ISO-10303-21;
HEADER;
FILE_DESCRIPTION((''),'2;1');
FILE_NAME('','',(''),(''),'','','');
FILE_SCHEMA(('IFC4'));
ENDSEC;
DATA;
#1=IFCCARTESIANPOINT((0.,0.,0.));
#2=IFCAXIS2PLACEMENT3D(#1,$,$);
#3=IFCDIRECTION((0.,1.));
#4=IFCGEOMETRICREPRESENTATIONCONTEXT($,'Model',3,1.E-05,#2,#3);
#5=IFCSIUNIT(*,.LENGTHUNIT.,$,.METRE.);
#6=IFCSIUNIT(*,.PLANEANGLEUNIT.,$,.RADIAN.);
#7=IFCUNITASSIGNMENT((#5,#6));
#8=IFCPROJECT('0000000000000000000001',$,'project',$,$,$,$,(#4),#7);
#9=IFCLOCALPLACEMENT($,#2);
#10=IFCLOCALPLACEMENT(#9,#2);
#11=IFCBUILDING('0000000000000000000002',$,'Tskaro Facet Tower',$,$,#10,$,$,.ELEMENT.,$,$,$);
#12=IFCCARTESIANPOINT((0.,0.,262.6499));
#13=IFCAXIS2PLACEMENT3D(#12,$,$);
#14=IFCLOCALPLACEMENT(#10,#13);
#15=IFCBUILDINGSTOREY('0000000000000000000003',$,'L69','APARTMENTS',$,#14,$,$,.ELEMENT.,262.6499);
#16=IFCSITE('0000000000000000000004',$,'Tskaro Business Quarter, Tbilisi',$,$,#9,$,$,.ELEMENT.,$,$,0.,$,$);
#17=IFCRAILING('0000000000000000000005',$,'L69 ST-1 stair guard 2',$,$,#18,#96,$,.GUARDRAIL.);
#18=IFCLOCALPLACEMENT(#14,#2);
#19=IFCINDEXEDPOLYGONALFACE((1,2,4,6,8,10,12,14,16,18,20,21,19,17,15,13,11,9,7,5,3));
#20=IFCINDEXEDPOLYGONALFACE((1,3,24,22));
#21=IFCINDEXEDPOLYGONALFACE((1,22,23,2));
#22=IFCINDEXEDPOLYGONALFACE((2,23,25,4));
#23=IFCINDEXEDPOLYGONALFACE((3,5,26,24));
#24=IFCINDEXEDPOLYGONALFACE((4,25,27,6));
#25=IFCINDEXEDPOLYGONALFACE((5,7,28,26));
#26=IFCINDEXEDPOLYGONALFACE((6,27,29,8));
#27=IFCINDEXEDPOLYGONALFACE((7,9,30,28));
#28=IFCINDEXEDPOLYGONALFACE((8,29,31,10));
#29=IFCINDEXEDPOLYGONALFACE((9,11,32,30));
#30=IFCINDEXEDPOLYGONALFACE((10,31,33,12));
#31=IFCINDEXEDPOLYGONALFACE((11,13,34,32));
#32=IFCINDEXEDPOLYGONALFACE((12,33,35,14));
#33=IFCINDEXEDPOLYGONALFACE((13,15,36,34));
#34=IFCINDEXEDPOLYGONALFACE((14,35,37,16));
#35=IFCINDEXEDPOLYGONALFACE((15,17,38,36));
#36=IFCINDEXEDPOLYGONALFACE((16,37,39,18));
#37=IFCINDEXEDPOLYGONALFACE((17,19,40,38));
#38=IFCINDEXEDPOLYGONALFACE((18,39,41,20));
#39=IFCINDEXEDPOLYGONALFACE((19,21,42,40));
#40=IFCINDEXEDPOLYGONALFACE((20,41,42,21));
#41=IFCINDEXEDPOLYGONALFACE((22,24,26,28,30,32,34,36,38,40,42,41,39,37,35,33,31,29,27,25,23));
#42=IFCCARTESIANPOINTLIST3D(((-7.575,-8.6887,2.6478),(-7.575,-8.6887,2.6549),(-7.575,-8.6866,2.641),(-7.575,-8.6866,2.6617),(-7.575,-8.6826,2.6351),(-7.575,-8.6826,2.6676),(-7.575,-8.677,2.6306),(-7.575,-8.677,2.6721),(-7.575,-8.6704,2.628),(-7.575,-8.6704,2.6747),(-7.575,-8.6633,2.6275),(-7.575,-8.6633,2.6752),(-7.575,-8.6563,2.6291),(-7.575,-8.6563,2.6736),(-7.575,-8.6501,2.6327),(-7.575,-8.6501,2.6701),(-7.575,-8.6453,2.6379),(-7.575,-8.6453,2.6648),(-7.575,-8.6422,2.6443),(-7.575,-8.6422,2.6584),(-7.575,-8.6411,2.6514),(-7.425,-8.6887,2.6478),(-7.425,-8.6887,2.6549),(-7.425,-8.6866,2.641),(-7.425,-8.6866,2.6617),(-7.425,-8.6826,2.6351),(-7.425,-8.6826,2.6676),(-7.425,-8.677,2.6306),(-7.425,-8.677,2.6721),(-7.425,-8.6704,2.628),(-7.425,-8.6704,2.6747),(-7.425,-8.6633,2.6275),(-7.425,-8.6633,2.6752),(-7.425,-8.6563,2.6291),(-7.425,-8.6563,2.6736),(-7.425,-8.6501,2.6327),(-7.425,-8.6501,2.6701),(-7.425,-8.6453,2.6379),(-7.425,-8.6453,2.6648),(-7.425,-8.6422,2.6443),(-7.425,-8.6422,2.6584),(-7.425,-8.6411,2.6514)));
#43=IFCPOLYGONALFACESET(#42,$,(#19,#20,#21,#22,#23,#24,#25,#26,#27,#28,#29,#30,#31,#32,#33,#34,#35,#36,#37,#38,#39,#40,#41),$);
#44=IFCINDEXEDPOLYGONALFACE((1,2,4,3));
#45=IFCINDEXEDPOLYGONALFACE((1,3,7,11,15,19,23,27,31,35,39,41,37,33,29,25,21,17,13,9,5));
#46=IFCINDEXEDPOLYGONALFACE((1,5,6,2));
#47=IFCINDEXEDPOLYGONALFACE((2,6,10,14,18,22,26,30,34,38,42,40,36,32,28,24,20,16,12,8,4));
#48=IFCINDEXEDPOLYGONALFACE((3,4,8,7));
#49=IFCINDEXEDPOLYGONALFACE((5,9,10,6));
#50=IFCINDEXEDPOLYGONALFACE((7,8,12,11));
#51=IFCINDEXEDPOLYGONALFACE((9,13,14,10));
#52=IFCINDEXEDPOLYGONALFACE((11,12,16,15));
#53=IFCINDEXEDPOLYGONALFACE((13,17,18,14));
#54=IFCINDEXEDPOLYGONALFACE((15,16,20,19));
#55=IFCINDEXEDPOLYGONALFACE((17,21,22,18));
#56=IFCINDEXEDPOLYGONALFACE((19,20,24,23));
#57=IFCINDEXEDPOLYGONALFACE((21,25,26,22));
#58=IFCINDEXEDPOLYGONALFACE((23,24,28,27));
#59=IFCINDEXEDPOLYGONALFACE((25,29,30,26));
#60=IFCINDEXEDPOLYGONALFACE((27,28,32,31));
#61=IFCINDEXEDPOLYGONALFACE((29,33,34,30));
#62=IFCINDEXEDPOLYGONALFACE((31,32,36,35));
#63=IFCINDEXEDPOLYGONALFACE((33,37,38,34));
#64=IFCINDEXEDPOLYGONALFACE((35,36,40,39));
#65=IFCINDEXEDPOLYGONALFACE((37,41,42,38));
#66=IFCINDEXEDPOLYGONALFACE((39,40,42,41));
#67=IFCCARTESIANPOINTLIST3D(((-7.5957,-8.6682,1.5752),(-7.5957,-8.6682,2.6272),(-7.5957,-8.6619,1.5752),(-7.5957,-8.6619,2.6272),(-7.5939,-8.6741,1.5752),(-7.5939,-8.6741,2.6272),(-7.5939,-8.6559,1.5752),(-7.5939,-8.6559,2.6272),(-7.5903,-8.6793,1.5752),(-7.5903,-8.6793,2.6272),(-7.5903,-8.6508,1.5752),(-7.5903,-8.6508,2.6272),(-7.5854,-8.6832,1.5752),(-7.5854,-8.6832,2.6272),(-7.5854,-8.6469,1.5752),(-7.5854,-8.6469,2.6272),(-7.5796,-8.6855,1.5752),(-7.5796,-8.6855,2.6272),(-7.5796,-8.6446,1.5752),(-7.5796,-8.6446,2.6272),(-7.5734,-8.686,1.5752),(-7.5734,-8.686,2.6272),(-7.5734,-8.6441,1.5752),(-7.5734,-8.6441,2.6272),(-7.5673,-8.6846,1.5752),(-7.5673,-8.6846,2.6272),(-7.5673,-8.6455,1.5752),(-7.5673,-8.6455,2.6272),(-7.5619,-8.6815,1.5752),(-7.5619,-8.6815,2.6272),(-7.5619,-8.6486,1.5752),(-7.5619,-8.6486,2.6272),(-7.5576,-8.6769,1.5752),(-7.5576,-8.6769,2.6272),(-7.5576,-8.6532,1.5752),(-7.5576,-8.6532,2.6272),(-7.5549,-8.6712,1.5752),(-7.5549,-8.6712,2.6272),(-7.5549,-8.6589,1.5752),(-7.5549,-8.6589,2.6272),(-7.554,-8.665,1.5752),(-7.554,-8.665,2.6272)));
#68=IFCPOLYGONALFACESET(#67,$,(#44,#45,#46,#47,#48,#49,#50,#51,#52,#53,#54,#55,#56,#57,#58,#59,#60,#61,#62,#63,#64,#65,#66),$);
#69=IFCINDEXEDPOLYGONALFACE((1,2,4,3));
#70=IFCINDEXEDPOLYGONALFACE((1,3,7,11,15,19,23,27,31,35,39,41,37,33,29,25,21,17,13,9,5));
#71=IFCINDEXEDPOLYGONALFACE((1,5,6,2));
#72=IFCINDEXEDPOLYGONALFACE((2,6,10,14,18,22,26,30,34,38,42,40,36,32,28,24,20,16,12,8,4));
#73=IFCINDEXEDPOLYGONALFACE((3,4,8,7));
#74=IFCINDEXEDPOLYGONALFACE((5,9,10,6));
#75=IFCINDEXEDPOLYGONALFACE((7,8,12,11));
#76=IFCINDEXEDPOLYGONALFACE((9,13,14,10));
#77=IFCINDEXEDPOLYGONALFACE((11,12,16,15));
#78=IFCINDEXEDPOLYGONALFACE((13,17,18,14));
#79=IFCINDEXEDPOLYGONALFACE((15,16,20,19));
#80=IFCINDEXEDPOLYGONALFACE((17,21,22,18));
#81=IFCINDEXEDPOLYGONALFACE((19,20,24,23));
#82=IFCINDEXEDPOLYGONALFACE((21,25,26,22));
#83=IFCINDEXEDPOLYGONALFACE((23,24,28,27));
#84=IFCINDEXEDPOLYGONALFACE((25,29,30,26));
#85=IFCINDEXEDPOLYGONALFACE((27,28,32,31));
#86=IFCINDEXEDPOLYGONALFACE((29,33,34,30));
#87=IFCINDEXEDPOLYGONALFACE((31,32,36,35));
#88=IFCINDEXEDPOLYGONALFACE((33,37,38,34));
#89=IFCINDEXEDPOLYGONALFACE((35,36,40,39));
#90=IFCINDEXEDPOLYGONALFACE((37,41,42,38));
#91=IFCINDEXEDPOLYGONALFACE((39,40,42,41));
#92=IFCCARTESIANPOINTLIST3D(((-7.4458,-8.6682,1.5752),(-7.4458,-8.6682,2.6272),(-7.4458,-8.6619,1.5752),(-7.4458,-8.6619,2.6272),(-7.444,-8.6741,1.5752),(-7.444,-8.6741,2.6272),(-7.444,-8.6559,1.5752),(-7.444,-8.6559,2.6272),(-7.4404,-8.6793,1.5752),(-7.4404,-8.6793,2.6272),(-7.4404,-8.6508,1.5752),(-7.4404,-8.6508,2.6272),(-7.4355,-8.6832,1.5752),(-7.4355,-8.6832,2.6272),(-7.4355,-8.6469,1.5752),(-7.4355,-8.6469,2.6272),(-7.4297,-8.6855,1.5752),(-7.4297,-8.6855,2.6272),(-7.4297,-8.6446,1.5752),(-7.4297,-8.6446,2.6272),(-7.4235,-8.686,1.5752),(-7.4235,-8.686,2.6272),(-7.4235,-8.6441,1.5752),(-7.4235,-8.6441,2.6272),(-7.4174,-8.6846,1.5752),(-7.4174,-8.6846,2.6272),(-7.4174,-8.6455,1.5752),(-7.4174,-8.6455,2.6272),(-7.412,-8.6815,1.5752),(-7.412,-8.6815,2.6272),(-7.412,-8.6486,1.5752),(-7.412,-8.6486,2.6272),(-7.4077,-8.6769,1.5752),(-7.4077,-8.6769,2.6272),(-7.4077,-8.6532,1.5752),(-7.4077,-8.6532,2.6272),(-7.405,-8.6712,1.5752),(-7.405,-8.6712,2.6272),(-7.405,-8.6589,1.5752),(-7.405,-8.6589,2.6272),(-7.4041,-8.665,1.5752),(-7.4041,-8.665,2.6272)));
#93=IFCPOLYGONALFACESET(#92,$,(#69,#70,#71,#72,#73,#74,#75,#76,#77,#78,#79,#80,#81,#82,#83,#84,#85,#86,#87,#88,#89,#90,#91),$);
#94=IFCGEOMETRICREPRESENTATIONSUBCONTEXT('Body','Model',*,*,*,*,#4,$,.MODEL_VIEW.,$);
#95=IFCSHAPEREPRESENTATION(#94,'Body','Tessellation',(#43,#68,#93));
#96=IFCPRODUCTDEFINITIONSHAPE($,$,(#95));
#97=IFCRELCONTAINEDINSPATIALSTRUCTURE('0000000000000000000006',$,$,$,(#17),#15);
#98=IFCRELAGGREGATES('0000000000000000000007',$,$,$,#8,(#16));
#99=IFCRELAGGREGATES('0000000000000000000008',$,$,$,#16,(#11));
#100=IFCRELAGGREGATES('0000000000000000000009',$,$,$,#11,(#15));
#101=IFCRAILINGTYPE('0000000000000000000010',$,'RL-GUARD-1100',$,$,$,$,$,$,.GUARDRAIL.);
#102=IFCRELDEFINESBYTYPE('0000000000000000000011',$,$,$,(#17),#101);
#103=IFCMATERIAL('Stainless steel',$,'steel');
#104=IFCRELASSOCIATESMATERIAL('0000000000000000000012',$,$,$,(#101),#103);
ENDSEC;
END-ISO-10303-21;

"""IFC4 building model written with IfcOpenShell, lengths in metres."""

from ifc_helpers import new_model, si_unit, direction, frame, origin, origin_2d, place, context, subcontext, project, spatial, circle, extrude, material, type_object, element, save


model = new_model("IFC4")

# Units and contexts
model_context = context("Model", 3, precision=1e-05, world=origin(), true_north=direction((0.0, 1.0)))
body_context = subcontext(model_context, "Body", "Model", "MODEL_VIEW")
ifc_project = project(units=[si_unit("LENGTHUNIT", "METRE"), si_unit("PLANEANGLEUNIT", "RADIAN")], contexts=[model_context])

# Site, building, storey
site_placement = place(None, origin())
site = spatial("IfcSite", under=ifc_project, at=site_placement, Name="Tskaro Business Quarter, Tbilisi", CompositionType="ELEMENT", RefElevation=0.0)
building_placement = place(site_placement, origin())
building = spatial("IfcBuilding", under=site, at=building_placement, Name="Tskaro Facet Tower", CompositionType="ELEMENT")
storey_placement = place(building_placement, frame((0.0, 0.0, 262.6499)))
storey = spatial("IfcBuildingStorey", under=building, at=storey_placement, Name="L69", Description="APARTMENTS", CompositionType="ELEMENT", Elevation=262.6499)

# Shared definitions
ifc_material_1 = material(Name="Stainless steel", Category="steel")

# Railing
railing_type_1 = type_object("IfcRailingType", Name="RL-GUARD-1100", PredefinedType="GUARDRAIL", material=ifc_material_1)
railing_1_placement = place(storey_placement, frame((-7.575, -8.665, 1.5752)))
element("IfcRailing", 1, at=railing_1_placement, inside=storey, type_object=railing_type_1, Name="L69 ST-1 stair guard 2", PredefinedType="GUARDRAIL", context=body_context, shape_type="SweptSolid", body=[
    extrude(circle(Radius=0.0239, at=origin_2d()), frame((0.0, 0.0, 1.0762), z_axis=(1.0, 0.0, 0.0), x_axis=(0.0, 1.0, 0.0)), (0.0, 0.0, 1.0), 0.1499),
    extrude(circle(Radius=0.021, at=origin_2d()), origin(), (0.0, 0.0, 1.0), 1.052),
    extrude(circle(Radius=0.021, at=origin_2d()), frame((0.1499, 0.0, 0.0)), (0.0, 0.0, 1.0), 1.052),
])

save(model, "model.ifc")
